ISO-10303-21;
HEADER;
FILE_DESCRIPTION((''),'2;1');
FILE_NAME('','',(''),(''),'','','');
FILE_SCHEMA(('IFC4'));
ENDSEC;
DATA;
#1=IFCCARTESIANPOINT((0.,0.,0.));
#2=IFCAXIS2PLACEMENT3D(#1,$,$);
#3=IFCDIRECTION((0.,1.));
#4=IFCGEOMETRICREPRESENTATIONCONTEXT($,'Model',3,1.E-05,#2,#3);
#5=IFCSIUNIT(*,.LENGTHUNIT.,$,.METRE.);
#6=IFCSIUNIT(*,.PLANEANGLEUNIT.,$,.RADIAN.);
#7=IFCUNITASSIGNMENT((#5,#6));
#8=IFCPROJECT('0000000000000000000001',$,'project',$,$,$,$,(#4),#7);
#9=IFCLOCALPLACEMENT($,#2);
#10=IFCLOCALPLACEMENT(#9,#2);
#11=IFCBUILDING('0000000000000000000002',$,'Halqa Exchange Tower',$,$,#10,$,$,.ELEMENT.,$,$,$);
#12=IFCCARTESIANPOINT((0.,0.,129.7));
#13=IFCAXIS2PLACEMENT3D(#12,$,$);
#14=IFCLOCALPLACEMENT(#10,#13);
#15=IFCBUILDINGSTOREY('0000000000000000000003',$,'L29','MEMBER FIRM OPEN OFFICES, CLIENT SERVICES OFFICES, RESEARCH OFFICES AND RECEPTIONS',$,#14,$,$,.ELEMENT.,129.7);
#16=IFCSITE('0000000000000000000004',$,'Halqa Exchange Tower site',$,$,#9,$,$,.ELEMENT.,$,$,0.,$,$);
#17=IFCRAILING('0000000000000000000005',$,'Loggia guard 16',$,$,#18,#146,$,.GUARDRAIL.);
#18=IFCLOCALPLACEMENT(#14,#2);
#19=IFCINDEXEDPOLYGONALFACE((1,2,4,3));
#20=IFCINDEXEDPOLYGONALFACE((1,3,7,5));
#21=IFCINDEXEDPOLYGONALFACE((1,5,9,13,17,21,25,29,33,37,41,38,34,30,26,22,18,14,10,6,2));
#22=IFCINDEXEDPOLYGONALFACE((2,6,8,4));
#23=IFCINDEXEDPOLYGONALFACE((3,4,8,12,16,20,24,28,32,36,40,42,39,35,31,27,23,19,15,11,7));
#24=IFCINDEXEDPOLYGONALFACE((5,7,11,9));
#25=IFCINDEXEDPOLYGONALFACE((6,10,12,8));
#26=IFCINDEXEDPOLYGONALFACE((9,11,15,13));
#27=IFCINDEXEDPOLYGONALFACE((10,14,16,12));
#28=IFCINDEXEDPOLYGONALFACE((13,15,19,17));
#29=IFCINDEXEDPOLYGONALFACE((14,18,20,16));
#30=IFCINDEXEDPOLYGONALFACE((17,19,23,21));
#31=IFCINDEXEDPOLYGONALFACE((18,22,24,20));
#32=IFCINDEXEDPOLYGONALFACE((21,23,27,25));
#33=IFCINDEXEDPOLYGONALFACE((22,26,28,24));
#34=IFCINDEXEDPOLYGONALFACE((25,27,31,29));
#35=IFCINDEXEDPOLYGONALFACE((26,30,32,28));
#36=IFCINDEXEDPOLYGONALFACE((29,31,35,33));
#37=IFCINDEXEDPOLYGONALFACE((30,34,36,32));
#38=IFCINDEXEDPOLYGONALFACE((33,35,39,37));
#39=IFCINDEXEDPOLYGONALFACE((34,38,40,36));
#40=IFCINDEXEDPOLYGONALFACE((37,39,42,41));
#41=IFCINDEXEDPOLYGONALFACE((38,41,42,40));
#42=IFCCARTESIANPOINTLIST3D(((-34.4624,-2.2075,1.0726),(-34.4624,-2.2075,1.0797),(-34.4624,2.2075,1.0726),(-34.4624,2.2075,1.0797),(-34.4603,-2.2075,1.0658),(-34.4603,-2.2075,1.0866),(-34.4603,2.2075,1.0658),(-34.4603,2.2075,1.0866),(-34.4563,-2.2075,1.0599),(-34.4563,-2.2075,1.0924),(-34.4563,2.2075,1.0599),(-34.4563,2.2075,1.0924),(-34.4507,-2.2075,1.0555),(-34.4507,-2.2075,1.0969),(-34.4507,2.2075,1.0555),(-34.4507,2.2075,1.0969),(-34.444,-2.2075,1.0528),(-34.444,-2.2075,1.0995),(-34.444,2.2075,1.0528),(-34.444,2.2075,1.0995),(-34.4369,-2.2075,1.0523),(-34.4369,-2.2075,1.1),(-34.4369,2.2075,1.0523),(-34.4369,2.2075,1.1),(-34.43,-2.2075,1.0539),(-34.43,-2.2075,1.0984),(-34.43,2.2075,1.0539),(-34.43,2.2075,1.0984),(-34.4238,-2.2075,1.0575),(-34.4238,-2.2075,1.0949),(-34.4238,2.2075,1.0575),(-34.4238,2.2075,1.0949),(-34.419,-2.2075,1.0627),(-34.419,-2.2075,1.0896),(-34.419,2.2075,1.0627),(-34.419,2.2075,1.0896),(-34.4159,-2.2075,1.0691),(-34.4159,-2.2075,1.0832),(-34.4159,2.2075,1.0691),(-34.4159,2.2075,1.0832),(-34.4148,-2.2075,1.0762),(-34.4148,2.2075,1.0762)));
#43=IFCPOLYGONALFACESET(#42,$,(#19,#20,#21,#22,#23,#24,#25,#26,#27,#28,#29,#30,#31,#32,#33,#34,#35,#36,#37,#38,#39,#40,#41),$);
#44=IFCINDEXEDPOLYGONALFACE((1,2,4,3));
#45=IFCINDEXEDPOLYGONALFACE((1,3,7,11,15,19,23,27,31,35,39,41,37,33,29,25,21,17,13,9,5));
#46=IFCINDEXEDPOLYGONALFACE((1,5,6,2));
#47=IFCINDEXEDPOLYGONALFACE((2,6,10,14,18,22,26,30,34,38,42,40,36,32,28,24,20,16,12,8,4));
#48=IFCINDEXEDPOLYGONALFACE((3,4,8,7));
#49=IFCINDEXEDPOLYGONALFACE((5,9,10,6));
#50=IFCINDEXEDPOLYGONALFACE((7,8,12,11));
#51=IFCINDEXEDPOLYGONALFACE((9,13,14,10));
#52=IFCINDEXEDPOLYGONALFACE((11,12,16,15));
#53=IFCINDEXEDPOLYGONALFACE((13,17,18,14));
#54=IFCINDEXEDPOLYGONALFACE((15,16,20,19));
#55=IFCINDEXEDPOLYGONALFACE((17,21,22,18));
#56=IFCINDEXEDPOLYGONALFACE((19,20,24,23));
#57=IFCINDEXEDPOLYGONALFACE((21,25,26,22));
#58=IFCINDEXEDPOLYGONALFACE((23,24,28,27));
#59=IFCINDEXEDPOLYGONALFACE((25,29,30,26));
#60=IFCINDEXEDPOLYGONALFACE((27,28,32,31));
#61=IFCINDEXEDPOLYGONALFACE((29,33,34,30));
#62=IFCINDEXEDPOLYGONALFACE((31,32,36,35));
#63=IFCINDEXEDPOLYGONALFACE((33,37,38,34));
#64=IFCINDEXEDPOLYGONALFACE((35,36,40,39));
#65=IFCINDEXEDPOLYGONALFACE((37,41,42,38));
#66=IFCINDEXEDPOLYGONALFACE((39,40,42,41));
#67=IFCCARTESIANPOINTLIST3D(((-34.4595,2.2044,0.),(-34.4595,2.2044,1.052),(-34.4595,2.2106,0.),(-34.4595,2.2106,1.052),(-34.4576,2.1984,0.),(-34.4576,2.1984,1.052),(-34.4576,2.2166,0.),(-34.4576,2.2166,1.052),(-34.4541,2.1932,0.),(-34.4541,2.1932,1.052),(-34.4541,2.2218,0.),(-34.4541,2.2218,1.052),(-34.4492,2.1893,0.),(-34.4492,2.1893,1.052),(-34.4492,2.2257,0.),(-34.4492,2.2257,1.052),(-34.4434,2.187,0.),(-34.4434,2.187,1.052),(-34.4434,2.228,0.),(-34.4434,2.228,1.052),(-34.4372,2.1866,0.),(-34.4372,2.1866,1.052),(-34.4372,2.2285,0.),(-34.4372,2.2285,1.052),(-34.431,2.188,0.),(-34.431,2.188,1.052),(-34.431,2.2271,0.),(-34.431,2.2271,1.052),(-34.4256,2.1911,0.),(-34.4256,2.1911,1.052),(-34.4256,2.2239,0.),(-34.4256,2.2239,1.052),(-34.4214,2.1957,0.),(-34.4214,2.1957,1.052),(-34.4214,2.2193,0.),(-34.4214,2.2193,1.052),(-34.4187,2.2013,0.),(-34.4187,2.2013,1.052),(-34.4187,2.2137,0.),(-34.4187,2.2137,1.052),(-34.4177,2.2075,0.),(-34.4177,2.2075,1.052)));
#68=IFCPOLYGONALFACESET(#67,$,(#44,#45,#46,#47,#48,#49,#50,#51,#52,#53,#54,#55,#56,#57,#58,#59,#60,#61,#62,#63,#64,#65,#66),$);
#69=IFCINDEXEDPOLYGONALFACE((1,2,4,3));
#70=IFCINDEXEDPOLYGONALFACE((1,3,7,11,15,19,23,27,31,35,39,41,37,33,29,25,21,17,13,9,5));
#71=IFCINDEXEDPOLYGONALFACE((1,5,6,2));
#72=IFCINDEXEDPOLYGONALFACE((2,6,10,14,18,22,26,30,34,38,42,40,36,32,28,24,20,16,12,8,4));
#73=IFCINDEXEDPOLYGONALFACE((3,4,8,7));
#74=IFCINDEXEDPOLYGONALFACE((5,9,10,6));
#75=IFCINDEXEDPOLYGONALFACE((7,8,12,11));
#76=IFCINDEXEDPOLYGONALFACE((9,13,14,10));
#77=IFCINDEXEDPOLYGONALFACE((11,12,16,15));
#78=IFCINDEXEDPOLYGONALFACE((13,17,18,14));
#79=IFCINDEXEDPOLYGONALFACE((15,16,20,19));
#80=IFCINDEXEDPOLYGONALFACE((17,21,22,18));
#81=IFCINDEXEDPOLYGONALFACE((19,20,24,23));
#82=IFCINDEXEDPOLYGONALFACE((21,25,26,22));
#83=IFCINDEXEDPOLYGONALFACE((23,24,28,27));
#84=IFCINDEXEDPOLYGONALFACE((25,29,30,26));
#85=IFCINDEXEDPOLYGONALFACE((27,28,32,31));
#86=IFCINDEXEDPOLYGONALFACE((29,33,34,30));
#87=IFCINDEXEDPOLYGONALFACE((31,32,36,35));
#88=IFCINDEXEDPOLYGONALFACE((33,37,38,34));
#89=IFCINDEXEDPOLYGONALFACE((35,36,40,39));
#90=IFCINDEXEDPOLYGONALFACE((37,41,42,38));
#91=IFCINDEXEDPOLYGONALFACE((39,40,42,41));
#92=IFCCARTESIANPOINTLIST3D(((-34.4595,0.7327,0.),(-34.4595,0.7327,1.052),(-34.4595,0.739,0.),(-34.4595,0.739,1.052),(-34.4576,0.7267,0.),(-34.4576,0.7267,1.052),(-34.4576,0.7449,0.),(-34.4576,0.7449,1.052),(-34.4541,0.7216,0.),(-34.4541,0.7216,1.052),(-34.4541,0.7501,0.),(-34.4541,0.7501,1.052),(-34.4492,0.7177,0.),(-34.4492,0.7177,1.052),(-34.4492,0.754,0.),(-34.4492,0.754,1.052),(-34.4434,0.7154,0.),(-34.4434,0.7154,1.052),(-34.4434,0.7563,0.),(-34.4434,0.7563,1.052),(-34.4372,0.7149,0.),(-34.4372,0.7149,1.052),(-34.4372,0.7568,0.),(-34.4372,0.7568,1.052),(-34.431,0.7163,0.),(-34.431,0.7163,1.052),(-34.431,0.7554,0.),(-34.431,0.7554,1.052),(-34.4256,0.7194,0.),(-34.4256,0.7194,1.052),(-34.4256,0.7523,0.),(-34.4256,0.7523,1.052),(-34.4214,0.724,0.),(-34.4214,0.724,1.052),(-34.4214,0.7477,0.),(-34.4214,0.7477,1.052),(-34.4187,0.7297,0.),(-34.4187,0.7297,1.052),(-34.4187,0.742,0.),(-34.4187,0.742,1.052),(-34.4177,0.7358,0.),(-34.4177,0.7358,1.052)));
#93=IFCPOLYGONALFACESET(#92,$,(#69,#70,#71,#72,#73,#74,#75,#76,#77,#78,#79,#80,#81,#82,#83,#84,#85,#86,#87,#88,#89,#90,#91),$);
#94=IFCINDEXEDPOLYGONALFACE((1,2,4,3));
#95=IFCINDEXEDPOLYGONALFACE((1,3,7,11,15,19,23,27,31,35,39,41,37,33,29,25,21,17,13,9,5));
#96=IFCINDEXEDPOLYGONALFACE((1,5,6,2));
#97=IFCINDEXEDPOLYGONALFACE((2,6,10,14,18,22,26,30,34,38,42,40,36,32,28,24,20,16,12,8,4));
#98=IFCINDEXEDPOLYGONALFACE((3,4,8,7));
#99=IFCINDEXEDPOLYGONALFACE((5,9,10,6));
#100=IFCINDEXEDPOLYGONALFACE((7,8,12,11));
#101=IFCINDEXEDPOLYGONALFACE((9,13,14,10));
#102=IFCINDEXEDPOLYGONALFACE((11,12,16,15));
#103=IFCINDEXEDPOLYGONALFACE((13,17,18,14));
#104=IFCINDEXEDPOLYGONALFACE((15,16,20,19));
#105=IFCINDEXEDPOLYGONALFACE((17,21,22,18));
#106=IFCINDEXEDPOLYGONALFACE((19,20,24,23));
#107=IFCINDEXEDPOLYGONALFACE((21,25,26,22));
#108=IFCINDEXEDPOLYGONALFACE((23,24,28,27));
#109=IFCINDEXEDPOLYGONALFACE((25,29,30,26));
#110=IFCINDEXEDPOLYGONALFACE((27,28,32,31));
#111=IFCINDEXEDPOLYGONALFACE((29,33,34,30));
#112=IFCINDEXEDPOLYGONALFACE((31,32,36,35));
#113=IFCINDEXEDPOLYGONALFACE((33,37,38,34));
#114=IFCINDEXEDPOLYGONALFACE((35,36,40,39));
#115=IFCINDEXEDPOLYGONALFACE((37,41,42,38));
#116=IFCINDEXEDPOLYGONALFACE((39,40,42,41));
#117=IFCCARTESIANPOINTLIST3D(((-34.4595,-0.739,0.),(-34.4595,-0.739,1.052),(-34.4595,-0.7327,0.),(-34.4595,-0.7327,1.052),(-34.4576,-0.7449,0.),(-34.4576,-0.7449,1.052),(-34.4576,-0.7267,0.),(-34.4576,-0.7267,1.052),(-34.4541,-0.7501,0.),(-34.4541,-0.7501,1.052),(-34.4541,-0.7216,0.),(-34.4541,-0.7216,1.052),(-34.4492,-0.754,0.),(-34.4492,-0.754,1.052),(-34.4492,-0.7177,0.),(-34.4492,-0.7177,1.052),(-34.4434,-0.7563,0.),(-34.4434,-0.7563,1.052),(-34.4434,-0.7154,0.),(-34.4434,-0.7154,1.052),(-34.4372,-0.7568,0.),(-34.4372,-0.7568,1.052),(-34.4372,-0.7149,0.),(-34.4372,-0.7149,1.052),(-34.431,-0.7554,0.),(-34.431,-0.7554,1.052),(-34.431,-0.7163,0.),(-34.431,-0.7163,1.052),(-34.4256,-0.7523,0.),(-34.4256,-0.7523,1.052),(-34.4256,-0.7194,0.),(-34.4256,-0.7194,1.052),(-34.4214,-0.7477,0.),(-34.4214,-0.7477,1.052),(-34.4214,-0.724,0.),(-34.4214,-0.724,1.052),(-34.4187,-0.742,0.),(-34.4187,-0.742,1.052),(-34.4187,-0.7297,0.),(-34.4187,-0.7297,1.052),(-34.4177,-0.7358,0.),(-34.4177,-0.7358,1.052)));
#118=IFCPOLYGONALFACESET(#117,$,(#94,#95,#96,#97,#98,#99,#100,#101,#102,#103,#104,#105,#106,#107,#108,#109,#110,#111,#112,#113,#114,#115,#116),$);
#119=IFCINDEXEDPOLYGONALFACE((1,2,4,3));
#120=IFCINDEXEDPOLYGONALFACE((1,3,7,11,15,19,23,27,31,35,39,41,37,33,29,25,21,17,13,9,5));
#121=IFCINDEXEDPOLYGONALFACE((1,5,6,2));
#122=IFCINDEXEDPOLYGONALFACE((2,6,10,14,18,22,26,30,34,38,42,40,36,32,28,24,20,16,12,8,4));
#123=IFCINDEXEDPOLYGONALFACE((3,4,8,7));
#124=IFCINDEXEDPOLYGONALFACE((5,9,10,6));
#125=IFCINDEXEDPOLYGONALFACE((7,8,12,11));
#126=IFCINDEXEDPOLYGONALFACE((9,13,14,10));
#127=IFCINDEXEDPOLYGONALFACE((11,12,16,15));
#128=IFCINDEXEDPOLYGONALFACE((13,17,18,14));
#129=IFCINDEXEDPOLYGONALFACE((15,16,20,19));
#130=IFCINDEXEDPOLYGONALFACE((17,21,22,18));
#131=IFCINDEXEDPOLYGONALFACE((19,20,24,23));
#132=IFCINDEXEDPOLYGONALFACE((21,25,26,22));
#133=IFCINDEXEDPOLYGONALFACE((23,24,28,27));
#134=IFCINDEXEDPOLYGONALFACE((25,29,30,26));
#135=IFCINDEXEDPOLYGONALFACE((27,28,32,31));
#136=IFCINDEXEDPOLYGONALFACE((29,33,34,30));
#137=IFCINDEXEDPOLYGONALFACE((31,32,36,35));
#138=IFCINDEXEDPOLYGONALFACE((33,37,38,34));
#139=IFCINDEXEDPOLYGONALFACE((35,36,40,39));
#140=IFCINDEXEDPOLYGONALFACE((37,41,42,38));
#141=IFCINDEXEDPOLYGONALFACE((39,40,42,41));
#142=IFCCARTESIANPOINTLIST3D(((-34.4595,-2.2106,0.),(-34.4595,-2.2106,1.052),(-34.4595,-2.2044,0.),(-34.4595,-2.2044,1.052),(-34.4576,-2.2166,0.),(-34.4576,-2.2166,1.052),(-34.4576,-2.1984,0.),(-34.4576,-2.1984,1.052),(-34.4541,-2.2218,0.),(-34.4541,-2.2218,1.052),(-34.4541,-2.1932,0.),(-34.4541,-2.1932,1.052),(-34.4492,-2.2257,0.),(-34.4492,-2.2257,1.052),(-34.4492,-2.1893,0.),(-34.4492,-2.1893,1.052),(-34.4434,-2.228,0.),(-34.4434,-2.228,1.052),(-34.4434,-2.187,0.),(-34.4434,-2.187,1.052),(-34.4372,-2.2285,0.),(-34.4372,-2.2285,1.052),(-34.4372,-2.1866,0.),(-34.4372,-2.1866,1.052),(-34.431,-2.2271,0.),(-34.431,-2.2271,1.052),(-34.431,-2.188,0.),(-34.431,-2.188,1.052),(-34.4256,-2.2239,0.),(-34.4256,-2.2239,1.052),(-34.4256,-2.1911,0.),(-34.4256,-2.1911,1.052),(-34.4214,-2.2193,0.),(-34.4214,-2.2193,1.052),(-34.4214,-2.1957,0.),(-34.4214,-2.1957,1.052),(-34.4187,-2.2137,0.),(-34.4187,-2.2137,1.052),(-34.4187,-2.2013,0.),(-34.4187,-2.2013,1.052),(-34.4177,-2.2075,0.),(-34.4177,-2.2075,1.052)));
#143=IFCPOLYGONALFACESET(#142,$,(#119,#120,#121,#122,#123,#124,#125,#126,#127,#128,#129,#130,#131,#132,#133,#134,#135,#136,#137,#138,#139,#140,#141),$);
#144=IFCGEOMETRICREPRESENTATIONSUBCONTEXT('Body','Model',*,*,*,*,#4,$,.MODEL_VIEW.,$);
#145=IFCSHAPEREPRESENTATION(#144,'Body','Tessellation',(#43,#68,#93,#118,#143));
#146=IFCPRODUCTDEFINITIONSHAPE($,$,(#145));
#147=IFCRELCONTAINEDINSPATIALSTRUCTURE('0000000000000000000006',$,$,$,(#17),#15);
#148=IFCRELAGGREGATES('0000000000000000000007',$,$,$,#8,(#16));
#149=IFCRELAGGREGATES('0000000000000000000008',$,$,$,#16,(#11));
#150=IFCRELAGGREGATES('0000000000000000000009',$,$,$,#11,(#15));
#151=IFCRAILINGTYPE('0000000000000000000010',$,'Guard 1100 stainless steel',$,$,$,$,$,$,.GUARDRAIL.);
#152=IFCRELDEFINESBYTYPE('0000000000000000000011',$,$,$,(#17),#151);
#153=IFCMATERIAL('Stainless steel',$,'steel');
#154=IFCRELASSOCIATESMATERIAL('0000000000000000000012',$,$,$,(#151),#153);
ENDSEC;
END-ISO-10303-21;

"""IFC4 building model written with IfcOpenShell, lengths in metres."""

from ifc_helpers import new_model, si_unit, direction, frame, origin, origin_2d, place, context, subcontext, project, spatial, circle, extrude, material, type_object, element, save


model = new_model("IFC4")

# Units and contexts
model_context = context("Model", 3, precision=1e-05, world=origin(), true_north=direction((0.0, 1.0)))
body_context = subcontext(model_context, "Body", "Model", "MODEL_VIEW")
ifc_project = project(units=[si_unit("LENGTHUNIT", "METRE"), si_unit("PLANEANGLEUNIT", "RADIAN")], contexts=[model_context])

# Site, building, storey
site_placement = place(None, origin())
site = spatial("IfcSite", under=ifc_project, at=site_placement, Name="Halqa Exchange Tower site", CompositionType="ELEMENT", RefElevation=0.0)
building_placement = place(site_placement, origin())
building = spatial("IfcBuilding", under=site, at=building_placement, Name="Halqa Exchange Tower", CompositionType="ELEMENT")
storey_placement = place(building_placement, frame((0.0, 0.0, 129.7)))
storey = spatial("IfcBuildingStorey", under=building, at=storey_placement, Name="L29", Description="MEMBER FIRM OPEN OFFICES, CLIENT SERVICES OFFICES, RESEARCH OFFICES AND RECEPTIONS", CompositionType="ELEMENT", Elevation=129.7)

# Railing
ifc_material_1 = material(Name="Stainless steel", Category="steel")
railing_type = type_object("IfcRailingType", Name="Guard 1100 stainless steel", PredefinedType="GUARDRAIL", material=ifc_material_1)
railing_1_placement = place(storey_placement, frame((-34.4387, 2.2075, 0.0)))
element("IfcRailing", 1, at=railing_1_placement, inside=storey, type_object=railing_type, Name="Loggia guard 16", PredefinedType="GUARDRAIL", context=body_context, shape_type="SweptSolid", body=[
    extrude(circle(Radius=0.0239, at=origin_2d()), frame((0.0, 0.0, 1.0762), z_axis=(0.0, -1.0, 0.0), x_axis=(1.0, 0.0, 0.0)), (0.0, 0.0, 1.0), 4.415),
    extrude(circle(Radius=0.021, at=origin_2d()), origin(), (0.0, 0.0, 1.0), 1.052),
    extrude(circle(Radius=0.021, at=origin_2d()), frame((0.0, -1.4717, 0.0)), (0.0, 0.0, 1.0), 1.052),
    extrude(circle(Radius=0.021, at=origin_2d()), frame((0.0, -2.9434, 0.0)), (0.0, 0.0, 1.0), 1.052),
    extrude(circle(Radius=0.021, at=origin_2d()), frame((0.0, -4.415, 0.0)), (0.0, 0.0, 1.0), 1.052),
])

save(model, "model.ifc")
